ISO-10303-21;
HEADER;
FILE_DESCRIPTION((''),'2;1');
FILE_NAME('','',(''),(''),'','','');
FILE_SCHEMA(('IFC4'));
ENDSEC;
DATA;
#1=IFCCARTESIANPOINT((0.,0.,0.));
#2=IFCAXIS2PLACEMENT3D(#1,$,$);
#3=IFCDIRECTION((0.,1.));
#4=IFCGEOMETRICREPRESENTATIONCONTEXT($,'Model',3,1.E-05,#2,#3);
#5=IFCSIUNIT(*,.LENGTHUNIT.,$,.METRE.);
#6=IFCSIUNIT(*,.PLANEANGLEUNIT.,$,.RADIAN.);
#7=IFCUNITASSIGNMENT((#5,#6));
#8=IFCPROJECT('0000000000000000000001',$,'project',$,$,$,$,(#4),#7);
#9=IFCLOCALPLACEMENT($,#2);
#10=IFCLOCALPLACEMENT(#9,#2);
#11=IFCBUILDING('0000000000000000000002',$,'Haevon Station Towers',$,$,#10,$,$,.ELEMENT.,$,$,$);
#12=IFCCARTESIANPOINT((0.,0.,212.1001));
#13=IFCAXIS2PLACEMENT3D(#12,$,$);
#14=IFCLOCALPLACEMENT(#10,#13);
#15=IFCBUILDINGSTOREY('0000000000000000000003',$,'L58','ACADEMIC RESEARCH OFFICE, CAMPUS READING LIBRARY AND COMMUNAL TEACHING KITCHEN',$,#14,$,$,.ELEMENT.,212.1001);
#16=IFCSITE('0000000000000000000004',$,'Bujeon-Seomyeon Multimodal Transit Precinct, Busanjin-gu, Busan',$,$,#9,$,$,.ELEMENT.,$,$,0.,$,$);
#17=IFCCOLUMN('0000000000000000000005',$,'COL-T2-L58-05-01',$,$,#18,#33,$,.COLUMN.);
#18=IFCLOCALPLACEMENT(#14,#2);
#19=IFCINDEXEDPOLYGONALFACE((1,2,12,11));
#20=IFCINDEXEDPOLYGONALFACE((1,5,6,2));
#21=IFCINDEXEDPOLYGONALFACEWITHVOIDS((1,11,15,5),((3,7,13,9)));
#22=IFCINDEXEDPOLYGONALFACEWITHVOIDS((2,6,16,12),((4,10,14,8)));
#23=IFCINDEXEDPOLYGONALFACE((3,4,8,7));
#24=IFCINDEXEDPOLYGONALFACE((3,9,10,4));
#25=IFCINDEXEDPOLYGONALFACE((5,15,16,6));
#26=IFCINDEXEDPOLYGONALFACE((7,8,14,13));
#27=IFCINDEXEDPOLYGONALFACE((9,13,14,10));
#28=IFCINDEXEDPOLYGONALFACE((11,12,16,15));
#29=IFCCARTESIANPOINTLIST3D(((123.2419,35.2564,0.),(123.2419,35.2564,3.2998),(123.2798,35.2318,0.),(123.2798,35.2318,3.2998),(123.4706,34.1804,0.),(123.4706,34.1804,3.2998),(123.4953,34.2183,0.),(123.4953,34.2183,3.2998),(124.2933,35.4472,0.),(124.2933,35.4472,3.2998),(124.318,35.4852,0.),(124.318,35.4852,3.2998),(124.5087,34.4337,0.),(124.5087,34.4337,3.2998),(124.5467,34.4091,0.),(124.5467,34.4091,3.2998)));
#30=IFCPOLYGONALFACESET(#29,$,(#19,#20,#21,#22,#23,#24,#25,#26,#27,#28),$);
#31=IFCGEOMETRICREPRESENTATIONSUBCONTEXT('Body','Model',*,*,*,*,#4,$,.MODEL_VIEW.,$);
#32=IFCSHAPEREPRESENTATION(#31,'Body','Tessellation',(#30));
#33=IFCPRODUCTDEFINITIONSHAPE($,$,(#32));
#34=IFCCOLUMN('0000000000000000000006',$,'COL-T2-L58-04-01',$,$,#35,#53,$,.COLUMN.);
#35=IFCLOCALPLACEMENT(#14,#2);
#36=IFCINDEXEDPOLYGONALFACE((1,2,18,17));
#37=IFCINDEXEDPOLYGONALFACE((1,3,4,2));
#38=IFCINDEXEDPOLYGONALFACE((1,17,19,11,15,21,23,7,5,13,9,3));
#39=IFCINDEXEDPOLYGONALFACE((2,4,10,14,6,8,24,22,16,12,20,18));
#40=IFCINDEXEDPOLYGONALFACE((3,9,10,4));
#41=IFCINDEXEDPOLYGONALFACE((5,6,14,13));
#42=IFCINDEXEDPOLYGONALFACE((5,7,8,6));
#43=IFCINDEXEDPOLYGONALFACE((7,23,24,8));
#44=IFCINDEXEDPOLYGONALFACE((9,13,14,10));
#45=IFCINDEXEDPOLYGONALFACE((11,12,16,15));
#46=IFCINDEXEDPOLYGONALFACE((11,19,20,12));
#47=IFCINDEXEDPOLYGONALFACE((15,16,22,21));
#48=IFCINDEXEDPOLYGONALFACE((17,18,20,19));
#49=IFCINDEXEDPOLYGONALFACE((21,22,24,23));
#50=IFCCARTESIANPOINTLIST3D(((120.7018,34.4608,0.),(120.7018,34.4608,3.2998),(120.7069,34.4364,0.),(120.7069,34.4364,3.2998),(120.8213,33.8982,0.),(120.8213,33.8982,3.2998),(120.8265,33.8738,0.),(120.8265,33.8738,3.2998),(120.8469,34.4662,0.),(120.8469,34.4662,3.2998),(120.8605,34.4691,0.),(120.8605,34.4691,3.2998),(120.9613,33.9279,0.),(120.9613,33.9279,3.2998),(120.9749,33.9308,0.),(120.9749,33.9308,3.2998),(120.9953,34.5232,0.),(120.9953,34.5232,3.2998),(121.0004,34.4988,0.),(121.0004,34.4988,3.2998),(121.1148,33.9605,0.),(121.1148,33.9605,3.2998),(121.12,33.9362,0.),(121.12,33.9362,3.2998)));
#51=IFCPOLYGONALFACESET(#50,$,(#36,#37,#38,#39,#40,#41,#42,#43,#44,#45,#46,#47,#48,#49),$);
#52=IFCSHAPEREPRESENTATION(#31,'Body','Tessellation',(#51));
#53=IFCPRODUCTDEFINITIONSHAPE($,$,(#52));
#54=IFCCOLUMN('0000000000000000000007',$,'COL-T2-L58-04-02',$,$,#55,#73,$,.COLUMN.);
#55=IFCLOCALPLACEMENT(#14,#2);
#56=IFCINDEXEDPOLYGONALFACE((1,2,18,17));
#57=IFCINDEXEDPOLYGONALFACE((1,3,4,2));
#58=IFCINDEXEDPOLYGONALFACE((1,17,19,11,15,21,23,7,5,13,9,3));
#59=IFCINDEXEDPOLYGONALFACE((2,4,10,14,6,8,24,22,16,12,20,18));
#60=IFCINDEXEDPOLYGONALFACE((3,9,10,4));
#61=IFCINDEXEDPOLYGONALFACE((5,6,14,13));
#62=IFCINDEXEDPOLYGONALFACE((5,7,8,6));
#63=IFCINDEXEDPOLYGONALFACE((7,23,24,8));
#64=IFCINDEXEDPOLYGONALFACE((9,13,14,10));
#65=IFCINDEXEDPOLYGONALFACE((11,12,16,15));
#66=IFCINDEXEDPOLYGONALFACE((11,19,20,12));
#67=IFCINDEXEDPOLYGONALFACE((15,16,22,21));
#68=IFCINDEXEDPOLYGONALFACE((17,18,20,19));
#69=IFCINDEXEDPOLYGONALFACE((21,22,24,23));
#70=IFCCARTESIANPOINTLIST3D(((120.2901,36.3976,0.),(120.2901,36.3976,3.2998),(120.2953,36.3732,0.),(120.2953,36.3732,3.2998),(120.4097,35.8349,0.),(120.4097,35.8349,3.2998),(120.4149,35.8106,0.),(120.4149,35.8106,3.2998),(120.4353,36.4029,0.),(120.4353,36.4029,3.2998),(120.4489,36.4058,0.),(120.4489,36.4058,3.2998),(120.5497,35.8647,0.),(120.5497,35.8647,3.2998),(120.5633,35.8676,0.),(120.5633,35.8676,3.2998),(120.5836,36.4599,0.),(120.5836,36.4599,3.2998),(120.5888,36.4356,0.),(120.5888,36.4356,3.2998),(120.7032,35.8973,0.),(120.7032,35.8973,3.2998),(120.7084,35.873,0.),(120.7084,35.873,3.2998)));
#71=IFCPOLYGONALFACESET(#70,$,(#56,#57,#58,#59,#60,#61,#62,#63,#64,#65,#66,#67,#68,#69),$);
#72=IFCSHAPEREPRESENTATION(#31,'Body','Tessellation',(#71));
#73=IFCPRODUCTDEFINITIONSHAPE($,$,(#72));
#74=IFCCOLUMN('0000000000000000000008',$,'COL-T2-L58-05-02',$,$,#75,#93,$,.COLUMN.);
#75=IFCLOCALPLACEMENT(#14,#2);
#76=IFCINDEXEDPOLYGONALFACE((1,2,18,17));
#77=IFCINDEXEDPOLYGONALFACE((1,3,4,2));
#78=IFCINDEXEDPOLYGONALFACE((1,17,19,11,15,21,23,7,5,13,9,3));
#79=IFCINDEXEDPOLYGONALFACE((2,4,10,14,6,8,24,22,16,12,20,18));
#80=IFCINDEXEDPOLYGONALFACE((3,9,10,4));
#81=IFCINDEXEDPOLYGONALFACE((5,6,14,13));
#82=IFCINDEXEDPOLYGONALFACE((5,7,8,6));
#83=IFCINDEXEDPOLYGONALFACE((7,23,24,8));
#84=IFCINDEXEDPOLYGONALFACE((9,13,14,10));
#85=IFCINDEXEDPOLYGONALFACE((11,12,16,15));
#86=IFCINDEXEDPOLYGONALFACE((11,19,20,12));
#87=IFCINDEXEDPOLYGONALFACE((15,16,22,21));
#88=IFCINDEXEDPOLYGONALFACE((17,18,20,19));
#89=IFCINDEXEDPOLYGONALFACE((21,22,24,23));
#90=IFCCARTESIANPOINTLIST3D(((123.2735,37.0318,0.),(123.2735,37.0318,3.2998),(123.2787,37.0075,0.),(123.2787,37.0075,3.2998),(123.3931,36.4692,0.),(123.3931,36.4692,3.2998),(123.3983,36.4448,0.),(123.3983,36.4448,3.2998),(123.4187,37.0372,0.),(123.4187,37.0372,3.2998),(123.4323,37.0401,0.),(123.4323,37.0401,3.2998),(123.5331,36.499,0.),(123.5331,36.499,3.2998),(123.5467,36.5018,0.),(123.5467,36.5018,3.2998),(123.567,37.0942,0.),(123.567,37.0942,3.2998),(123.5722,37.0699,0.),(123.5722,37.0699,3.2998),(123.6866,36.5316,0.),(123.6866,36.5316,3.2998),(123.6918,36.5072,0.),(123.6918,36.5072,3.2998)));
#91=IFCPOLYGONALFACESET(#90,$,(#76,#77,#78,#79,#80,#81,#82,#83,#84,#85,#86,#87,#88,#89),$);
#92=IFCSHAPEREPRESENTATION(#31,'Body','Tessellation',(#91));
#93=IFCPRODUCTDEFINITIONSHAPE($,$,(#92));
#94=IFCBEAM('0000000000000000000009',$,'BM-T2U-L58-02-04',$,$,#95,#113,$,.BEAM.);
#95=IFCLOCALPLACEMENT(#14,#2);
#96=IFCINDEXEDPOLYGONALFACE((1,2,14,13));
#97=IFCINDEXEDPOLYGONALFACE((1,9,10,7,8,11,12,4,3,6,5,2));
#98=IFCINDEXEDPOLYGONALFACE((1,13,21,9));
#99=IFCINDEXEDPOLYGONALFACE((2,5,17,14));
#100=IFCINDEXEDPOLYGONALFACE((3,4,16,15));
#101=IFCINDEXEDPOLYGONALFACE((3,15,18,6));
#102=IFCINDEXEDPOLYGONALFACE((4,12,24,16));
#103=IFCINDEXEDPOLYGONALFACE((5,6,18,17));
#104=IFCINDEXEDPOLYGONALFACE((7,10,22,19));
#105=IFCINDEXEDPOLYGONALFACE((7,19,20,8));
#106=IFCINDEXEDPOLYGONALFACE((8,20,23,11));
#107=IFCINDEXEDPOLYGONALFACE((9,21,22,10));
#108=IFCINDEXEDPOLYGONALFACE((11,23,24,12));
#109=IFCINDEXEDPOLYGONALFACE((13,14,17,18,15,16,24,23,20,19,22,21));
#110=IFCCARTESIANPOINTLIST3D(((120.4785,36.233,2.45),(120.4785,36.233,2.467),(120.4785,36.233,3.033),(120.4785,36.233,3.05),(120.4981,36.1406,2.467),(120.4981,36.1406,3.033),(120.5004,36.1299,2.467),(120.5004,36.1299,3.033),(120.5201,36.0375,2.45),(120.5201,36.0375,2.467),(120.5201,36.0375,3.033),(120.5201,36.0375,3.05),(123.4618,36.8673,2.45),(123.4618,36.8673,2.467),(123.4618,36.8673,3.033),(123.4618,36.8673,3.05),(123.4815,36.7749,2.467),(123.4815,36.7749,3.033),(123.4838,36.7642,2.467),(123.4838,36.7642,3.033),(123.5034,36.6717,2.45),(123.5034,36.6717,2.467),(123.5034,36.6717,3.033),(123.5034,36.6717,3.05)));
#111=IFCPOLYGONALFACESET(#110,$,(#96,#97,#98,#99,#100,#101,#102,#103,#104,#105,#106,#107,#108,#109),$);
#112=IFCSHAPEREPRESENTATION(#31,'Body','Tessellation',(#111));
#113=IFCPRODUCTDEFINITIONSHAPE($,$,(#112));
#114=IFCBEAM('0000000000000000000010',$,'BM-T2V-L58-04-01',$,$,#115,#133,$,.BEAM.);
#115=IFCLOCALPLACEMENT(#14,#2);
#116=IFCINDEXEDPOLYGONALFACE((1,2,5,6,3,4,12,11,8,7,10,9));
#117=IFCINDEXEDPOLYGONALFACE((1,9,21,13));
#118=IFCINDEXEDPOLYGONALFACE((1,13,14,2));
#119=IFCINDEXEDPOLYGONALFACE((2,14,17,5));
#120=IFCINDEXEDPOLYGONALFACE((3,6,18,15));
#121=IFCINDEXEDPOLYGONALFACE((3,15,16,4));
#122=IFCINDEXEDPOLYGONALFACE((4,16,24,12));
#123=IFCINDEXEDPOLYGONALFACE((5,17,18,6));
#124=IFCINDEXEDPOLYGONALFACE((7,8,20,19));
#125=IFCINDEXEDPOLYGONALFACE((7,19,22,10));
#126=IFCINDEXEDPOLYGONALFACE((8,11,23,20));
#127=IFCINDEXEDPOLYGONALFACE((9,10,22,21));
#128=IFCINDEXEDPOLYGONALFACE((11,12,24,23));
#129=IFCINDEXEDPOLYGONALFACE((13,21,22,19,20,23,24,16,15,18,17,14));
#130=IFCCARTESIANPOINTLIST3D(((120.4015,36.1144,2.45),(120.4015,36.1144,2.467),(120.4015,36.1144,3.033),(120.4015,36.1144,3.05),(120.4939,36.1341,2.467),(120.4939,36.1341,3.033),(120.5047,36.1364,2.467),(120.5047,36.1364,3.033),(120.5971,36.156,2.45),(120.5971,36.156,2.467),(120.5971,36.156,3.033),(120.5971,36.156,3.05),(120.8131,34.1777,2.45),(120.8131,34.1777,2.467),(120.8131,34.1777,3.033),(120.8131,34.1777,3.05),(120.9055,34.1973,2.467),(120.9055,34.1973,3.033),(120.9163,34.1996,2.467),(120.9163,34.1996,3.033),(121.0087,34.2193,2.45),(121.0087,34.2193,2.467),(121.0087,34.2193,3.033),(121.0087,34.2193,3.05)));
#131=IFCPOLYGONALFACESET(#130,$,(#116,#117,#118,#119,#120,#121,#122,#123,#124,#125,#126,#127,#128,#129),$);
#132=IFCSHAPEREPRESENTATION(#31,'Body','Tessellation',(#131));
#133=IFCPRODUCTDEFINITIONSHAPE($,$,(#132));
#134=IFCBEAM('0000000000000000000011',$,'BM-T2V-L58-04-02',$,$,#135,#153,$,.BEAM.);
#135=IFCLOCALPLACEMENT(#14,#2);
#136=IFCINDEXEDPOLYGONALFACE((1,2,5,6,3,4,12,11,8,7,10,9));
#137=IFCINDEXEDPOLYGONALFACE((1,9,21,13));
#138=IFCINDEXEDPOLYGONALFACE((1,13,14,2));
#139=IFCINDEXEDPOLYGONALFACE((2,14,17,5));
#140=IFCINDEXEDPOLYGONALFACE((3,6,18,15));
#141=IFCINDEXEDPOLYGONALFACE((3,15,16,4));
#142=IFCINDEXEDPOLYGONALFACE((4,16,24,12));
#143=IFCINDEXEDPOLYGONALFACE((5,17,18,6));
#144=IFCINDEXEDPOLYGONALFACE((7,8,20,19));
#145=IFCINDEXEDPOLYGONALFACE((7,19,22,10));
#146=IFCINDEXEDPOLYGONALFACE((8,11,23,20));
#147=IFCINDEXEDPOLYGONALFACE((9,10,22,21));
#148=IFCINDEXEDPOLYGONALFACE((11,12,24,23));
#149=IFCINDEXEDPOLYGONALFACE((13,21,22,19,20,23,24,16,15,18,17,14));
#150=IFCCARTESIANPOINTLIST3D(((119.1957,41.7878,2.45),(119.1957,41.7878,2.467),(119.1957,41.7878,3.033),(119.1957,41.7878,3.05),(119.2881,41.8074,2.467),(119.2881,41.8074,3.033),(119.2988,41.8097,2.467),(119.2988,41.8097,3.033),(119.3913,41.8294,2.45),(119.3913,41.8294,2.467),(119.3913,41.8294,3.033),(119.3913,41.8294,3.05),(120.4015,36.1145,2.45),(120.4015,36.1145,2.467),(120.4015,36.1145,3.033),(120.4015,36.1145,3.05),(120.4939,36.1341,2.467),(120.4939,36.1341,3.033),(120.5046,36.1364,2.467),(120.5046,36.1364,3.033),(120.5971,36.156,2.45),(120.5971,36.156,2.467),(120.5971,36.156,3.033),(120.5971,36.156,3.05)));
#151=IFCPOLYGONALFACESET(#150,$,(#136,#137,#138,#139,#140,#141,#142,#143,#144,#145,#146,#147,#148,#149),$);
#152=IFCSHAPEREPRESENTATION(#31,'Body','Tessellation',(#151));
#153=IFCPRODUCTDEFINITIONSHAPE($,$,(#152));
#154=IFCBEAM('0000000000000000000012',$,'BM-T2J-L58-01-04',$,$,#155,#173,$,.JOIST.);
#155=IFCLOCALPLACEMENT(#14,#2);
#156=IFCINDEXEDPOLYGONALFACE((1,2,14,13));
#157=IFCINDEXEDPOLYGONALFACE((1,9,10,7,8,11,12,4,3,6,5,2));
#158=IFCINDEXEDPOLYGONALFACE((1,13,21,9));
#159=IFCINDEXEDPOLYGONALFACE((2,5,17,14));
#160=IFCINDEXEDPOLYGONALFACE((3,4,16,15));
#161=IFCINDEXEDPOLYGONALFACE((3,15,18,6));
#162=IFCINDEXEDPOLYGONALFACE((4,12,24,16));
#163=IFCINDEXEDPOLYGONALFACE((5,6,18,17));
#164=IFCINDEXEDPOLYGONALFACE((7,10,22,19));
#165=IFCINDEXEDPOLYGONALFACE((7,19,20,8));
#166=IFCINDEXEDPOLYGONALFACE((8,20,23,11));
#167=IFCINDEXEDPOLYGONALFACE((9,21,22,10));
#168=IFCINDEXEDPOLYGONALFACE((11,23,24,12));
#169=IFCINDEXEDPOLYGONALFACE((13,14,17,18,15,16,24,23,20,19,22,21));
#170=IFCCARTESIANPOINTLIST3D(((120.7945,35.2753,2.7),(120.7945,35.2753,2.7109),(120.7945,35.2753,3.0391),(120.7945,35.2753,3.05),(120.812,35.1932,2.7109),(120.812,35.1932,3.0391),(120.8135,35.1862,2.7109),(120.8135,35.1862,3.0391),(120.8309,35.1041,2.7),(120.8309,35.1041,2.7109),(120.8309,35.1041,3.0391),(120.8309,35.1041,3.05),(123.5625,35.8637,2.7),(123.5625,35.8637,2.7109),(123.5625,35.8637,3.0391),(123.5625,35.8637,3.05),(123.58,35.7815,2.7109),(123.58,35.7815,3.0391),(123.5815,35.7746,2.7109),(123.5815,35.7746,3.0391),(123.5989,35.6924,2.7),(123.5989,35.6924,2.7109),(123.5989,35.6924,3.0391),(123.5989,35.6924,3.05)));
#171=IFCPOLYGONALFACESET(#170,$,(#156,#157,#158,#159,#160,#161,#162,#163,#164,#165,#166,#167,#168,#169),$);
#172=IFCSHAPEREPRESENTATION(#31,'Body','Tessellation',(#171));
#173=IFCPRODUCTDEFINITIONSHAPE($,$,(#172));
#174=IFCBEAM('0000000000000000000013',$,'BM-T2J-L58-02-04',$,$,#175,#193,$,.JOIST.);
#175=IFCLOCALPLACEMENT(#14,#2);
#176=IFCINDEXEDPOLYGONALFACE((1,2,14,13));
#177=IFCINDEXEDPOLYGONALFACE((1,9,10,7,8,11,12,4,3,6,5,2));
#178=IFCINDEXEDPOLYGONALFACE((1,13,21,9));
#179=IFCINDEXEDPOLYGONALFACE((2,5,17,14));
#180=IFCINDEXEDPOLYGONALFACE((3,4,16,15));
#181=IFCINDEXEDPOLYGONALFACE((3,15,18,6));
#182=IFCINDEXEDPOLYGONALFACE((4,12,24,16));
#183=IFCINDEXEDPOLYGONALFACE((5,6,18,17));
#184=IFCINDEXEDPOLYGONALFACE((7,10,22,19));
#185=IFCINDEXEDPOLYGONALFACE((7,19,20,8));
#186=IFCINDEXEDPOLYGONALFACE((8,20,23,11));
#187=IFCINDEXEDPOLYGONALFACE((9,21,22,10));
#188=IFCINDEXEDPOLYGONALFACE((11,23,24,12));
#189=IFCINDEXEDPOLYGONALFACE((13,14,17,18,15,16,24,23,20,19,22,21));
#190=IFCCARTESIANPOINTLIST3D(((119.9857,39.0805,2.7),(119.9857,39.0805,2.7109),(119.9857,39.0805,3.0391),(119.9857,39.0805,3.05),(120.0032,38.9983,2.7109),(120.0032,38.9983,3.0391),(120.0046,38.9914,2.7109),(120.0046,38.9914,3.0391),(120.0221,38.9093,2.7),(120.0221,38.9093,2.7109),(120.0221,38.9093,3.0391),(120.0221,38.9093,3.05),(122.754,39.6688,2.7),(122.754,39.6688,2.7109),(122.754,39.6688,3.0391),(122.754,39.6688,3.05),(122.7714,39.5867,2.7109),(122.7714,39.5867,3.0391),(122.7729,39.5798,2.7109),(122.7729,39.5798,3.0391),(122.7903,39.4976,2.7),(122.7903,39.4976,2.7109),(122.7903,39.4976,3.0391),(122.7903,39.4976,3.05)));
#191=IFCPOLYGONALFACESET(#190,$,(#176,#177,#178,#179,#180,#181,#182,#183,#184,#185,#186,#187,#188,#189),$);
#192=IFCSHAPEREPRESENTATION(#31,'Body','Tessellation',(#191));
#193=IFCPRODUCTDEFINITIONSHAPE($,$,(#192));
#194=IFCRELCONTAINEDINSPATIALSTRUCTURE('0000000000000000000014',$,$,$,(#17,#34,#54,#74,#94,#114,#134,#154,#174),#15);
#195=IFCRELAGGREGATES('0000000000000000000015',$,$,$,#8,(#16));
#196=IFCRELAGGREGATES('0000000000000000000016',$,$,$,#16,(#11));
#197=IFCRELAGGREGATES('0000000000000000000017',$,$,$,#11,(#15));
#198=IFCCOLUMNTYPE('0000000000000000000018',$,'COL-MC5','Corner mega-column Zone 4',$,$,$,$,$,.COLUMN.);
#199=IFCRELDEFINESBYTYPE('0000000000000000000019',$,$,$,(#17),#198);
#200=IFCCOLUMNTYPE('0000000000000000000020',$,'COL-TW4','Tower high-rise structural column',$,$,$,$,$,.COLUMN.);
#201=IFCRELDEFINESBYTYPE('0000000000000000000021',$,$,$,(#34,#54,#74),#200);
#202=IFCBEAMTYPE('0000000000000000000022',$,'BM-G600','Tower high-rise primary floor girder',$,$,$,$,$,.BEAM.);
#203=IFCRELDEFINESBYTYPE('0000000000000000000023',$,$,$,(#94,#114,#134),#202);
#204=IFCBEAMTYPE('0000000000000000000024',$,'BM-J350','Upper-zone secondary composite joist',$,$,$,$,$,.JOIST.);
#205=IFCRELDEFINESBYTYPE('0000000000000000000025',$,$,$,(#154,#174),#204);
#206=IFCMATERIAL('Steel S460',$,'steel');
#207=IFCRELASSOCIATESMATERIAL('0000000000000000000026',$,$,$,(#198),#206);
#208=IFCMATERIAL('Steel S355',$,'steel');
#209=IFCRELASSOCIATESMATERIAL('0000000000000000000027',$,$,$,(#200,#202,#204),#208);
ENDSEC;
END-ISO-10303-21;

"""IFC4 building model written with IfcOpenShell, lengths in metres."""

from ifc_helpers import new_model, si_unit, direction, frame, origin, origin_2d, place, context, subcontext, project, spatial, hollow_rectangle, i_section, extrude, material, material_profile, profile_set, type_object, element, save


model = new_model("IFC4")

# Units and contexts
model_context = context("Model", 3, precision=1e-05, world=origin(), true_north=direction((0.0, 1.0)))
body_context = subcontext(model_context, "Body", "Model", "MODEL_VIEW")
ifc_project = project(units=[si_unit("LENGTHUNIT", "METRE"), si_unit("PLANEANGLEUNIT", "RADIAN")], contexts=[model_context])

# Site, building, storey
site_placement = place(None, origin())
site = spatial("IfcSite", under=ifc_project, at=site_placement, Name="Bujeon-Seomyeon Multimodal Transit Precinct, Busanjin-gu, Busan", CompositionType="ELEMENT", RefElevation=0.0)
building_placement = place(site_placement, origin())
building = spatial("IfcBuilding", under=site, at=building_placement, Name="Haevon Station Towers", CompositionType="ELEMENT")
storey_placement = place(building_placement, frame((0.0, 0.0, 212.1001)))
storey = spatial("IfcBuildingStorey", under=building, at=storey_placement, Name="L58", Description="ACADEMIC RESEARCH OFFICE, CAMPUS READING LIBRARY AND COMMUNAL TEACHING KITCHEN", CompositionType="ELEMENT", Elevation=212.1001)

# Columns
ifc_material_1 = material(Name="Steel S460", Category="steel")
ifc_material_profile_1 = material_profile(ifc_material_1, hollow_rectangle(XDim=1.1001, YDim=1.1001, WallThickness=0.032, at=origin_2d()), Name="BOX-1100x1100x32")
ifc_profile_set_1 = profile_set([ifc_material_profile_1], Name="Steel S460")
column_type_1 = type_object("IfcColumnType", Name="COL-MC5", Description="Corner mega-column Zone 4", PredefinedType="COLUMN", material=ifc_profile_set_1)
column_placement = place(storey_placement, frame((123.8943, 34.8328, 0.0), z_axis=(0.0, 0.0, 1.0), x_axis=(0.978148, 0.207912, 0.0)))
element("IfcColumn", 1, at=column_placement, inside=storey, type_object=column_type_1, Name="COL-T2-L58-05-01", PredefinedType="COLUMN", context=body_context, shape_type="SweptSolid", body=[
    extrude(hollow_rectangle(XDim=1.1001, YDim=1.1001, WallThickness=0.032, at=origin_2d()), origin(), (0.0, 0.0, 1.0), 3.2998),
])
ifc_material_2 = material(Name="Steel S355", Category="steel")
ifc_material_profile_2 = material_profile(ifc_material_2, i_section(OverallWidth=0.3, OverallDepth=0.6001, WebThickness=0.0139, FlangeThickness=0.0249, at=origin_2d()), Name="H-600x300x14x25")
ifc_profile_set_2 = profile_set([ifc_material_profile_2], Name="Steel S355")
column_type_2 = type_object("IfcColumnType", Name="COL-TW4", Description="Tower high-rise structural column", PredefinedType="COLUMN", material=ifc_profile_set_2)
for number, where, z_axis, x_axis, name in (
    (2, (120.9109, 34.1985, 0.0), (0.0, 0.0, 1.0), (0.978148, 0.207912, 0.0), "COL-T2-L58-04-01"),
    (3, (120.4993, 36.1353, 0.0), (0.0, 0.0, 1.0), (0.978148, 0.207912, 0.0), "COL-T2-L58-04-02"),
    (4, (123.4827, 36.7695, 0.0), (0.0, 0.0, 1.0), (0.978148, 0.207912, 0.0), "COL-T2-L58-05-02"),
):
    element("IfcColumn", number, at=place(storey_placement, frame(where, z_axis=z_axis, x_axis=x_axis)), inside=storey, type_object=column_type_2, Name=name, PredefinedType="COLUMN", context=body_context, shape_type="SweptSolid", body=[
        extrude(i_section(OverallWidth=0.3, OverallDepth=0.6001, WebThickness=0.0139, FlangeThickness=0.0249, at=origin_2d()), origin(), (0.0, 0.0, 1.0), 3.2998),
    ])

# Beams
ifc_material_profile_3 = material_profile(ifc_material_2, i_section(OverallWidth=0.2, OverallDepth=0.6001, WebThickness=0.011, FlangeThickness=0.0171, at=origin_2d()), Name="H-600x200x11x17")
ifc_profile_set_3 = profile_set([ifc_material_profile_3], Name="Steel S355")
beam_type_1 = type_object("IfcBeamType", Name="BM-G600", Description="Tower high-rise primary floor girder", PredefinedType="BEAM", material=ifc_profile_set_3)
beam_1_placement = place(storey_placement, frame((120.4993, 36.1353, 2.75), z_axis=(0.978139, 0.207954, 0.0), x_axis=(-0.207954, 0.978139, 0.0)))
element("IfcBeam", 5, at=beam_1_placement, inside=storey, type_object=beam_type_1, Name="BM-T2U-L58-02-04", PredefinedType="BEAM", context=body_context, shape_type="SweptSolid", body=[
    extrude(i_section(OverallWidth=0.2, OverallDepth=0.6001, WebThickness=0.011, FlangeThickness=0.0171, at=origin_2d()), origin(), (0.0, 0.0, 1.0), 3.05),
])
beam_2_placement = place(storey_placement, frame((120.9109, 34.1985, 2.75), z_axis=(-0.207887, 0.978153, 0.0), x_axis=(-0.978153, -0.207887, 0.0)))
element("IfcBeam", 6, at=beam_2_placement, inside=storey, type_object=beam_type_1, Name="BM-T2V-L58-04-01", PredefinedType="BEAM", context=body_context, shape_type="SweptSolid", body=[
    extrude(i_section(OverallWidth=0.2, OverallDepth=0.6001, WebThickness=0.011, FlangeThickness=0.0171, at=origin_2d()), origin(), (0.0, 0.0, 1.0), 1.98),
])
beam_3_placement = place(storey_placement, frame((120.4993, 36.1353, 2.75), z_axis=(-0.207896, 0.978151, 0.0), x_axis=(-0.978151, -0.207896, 0.0)))
element("IfcBeam", 7, at=beam_3_placement, inside=storey, type_object=beam_type_1, Name="BM-T2V-L58-04-02", PredefinedType="BEAM", context=body_context, shape_type="SweptSolid", body=[
    extrude(i_section(OverallWidth=0.2, OverallDepth=0.6001, WebThickness=0.011, FlangeThickness=0.0171, at=origin_2d()), origin(), (0.0, 0.0, 1.0), 5.8),
])
ifc_material_profile_4 = material_profile(ifc_material_2, i_section(OverallWidth=0.175, OverallDepth=0.3501, WebThickness=0.0071, FlangeThickness=0.011, at=origin_2d()), Name="H-350x175x7x11")
ifc_profile_set_4 = profile_set([ifc_material_profile_4], Name="Steel S355")
beam_type_2 = type_object("IfcBeamType", Name="BM-J350", Description="Upper-zone secondary composite joist", PredefinedType="JOIST", material=ifc_profile_set_4)
beam_4_placement = place(storey_placement, frame((120.8127, 35.1897, 2.875), z_axis=(0.978147, 0.207914, 0.0), x_axis=(-0.207914, 0.978147, 0.0)))
element("IfcBeam", 8, at=beam_4_placement, inside=storey, type_object=beam_type_2, Name="BM-T2J-L58-01-04", PredefinedType="JOIST", context=body_context, shape_type="SweptSolid", body=[
    extrude(i_section(OverallWidth=0.175, OverallDepth=0.3501, WebThickness=0.0071, FlangeThickness=0.011, at=origin_2d()), origin(), (0.0, 0.0, 1.0), 2.8298),
])
beam_5_placement = place(storey_placement, frame((120.0039, 38.9949, 2.875), z_axis=(0.978151, 0.207897, 0.0), x_axis=(-0.207897, 0.978151, 0.0)))
element("IfcBeam", 9, at=beam_5_placement, inside=storey, type_object=beam_type_2, Name="BM-T2J-L58-02-04", PredefinedType="JOIST", context=body_context, shape_type="SweptSolid", body=[
    extrude(i_section(OverallWidth=0.175, OverallDepth=0.3501, WebThickness=0.0071, FlangeThickness=0.011, at=origin_2d()), origin(), (0.0, 0.0, 1.0), 2.8301),
])

save(model, "model.ifc")
